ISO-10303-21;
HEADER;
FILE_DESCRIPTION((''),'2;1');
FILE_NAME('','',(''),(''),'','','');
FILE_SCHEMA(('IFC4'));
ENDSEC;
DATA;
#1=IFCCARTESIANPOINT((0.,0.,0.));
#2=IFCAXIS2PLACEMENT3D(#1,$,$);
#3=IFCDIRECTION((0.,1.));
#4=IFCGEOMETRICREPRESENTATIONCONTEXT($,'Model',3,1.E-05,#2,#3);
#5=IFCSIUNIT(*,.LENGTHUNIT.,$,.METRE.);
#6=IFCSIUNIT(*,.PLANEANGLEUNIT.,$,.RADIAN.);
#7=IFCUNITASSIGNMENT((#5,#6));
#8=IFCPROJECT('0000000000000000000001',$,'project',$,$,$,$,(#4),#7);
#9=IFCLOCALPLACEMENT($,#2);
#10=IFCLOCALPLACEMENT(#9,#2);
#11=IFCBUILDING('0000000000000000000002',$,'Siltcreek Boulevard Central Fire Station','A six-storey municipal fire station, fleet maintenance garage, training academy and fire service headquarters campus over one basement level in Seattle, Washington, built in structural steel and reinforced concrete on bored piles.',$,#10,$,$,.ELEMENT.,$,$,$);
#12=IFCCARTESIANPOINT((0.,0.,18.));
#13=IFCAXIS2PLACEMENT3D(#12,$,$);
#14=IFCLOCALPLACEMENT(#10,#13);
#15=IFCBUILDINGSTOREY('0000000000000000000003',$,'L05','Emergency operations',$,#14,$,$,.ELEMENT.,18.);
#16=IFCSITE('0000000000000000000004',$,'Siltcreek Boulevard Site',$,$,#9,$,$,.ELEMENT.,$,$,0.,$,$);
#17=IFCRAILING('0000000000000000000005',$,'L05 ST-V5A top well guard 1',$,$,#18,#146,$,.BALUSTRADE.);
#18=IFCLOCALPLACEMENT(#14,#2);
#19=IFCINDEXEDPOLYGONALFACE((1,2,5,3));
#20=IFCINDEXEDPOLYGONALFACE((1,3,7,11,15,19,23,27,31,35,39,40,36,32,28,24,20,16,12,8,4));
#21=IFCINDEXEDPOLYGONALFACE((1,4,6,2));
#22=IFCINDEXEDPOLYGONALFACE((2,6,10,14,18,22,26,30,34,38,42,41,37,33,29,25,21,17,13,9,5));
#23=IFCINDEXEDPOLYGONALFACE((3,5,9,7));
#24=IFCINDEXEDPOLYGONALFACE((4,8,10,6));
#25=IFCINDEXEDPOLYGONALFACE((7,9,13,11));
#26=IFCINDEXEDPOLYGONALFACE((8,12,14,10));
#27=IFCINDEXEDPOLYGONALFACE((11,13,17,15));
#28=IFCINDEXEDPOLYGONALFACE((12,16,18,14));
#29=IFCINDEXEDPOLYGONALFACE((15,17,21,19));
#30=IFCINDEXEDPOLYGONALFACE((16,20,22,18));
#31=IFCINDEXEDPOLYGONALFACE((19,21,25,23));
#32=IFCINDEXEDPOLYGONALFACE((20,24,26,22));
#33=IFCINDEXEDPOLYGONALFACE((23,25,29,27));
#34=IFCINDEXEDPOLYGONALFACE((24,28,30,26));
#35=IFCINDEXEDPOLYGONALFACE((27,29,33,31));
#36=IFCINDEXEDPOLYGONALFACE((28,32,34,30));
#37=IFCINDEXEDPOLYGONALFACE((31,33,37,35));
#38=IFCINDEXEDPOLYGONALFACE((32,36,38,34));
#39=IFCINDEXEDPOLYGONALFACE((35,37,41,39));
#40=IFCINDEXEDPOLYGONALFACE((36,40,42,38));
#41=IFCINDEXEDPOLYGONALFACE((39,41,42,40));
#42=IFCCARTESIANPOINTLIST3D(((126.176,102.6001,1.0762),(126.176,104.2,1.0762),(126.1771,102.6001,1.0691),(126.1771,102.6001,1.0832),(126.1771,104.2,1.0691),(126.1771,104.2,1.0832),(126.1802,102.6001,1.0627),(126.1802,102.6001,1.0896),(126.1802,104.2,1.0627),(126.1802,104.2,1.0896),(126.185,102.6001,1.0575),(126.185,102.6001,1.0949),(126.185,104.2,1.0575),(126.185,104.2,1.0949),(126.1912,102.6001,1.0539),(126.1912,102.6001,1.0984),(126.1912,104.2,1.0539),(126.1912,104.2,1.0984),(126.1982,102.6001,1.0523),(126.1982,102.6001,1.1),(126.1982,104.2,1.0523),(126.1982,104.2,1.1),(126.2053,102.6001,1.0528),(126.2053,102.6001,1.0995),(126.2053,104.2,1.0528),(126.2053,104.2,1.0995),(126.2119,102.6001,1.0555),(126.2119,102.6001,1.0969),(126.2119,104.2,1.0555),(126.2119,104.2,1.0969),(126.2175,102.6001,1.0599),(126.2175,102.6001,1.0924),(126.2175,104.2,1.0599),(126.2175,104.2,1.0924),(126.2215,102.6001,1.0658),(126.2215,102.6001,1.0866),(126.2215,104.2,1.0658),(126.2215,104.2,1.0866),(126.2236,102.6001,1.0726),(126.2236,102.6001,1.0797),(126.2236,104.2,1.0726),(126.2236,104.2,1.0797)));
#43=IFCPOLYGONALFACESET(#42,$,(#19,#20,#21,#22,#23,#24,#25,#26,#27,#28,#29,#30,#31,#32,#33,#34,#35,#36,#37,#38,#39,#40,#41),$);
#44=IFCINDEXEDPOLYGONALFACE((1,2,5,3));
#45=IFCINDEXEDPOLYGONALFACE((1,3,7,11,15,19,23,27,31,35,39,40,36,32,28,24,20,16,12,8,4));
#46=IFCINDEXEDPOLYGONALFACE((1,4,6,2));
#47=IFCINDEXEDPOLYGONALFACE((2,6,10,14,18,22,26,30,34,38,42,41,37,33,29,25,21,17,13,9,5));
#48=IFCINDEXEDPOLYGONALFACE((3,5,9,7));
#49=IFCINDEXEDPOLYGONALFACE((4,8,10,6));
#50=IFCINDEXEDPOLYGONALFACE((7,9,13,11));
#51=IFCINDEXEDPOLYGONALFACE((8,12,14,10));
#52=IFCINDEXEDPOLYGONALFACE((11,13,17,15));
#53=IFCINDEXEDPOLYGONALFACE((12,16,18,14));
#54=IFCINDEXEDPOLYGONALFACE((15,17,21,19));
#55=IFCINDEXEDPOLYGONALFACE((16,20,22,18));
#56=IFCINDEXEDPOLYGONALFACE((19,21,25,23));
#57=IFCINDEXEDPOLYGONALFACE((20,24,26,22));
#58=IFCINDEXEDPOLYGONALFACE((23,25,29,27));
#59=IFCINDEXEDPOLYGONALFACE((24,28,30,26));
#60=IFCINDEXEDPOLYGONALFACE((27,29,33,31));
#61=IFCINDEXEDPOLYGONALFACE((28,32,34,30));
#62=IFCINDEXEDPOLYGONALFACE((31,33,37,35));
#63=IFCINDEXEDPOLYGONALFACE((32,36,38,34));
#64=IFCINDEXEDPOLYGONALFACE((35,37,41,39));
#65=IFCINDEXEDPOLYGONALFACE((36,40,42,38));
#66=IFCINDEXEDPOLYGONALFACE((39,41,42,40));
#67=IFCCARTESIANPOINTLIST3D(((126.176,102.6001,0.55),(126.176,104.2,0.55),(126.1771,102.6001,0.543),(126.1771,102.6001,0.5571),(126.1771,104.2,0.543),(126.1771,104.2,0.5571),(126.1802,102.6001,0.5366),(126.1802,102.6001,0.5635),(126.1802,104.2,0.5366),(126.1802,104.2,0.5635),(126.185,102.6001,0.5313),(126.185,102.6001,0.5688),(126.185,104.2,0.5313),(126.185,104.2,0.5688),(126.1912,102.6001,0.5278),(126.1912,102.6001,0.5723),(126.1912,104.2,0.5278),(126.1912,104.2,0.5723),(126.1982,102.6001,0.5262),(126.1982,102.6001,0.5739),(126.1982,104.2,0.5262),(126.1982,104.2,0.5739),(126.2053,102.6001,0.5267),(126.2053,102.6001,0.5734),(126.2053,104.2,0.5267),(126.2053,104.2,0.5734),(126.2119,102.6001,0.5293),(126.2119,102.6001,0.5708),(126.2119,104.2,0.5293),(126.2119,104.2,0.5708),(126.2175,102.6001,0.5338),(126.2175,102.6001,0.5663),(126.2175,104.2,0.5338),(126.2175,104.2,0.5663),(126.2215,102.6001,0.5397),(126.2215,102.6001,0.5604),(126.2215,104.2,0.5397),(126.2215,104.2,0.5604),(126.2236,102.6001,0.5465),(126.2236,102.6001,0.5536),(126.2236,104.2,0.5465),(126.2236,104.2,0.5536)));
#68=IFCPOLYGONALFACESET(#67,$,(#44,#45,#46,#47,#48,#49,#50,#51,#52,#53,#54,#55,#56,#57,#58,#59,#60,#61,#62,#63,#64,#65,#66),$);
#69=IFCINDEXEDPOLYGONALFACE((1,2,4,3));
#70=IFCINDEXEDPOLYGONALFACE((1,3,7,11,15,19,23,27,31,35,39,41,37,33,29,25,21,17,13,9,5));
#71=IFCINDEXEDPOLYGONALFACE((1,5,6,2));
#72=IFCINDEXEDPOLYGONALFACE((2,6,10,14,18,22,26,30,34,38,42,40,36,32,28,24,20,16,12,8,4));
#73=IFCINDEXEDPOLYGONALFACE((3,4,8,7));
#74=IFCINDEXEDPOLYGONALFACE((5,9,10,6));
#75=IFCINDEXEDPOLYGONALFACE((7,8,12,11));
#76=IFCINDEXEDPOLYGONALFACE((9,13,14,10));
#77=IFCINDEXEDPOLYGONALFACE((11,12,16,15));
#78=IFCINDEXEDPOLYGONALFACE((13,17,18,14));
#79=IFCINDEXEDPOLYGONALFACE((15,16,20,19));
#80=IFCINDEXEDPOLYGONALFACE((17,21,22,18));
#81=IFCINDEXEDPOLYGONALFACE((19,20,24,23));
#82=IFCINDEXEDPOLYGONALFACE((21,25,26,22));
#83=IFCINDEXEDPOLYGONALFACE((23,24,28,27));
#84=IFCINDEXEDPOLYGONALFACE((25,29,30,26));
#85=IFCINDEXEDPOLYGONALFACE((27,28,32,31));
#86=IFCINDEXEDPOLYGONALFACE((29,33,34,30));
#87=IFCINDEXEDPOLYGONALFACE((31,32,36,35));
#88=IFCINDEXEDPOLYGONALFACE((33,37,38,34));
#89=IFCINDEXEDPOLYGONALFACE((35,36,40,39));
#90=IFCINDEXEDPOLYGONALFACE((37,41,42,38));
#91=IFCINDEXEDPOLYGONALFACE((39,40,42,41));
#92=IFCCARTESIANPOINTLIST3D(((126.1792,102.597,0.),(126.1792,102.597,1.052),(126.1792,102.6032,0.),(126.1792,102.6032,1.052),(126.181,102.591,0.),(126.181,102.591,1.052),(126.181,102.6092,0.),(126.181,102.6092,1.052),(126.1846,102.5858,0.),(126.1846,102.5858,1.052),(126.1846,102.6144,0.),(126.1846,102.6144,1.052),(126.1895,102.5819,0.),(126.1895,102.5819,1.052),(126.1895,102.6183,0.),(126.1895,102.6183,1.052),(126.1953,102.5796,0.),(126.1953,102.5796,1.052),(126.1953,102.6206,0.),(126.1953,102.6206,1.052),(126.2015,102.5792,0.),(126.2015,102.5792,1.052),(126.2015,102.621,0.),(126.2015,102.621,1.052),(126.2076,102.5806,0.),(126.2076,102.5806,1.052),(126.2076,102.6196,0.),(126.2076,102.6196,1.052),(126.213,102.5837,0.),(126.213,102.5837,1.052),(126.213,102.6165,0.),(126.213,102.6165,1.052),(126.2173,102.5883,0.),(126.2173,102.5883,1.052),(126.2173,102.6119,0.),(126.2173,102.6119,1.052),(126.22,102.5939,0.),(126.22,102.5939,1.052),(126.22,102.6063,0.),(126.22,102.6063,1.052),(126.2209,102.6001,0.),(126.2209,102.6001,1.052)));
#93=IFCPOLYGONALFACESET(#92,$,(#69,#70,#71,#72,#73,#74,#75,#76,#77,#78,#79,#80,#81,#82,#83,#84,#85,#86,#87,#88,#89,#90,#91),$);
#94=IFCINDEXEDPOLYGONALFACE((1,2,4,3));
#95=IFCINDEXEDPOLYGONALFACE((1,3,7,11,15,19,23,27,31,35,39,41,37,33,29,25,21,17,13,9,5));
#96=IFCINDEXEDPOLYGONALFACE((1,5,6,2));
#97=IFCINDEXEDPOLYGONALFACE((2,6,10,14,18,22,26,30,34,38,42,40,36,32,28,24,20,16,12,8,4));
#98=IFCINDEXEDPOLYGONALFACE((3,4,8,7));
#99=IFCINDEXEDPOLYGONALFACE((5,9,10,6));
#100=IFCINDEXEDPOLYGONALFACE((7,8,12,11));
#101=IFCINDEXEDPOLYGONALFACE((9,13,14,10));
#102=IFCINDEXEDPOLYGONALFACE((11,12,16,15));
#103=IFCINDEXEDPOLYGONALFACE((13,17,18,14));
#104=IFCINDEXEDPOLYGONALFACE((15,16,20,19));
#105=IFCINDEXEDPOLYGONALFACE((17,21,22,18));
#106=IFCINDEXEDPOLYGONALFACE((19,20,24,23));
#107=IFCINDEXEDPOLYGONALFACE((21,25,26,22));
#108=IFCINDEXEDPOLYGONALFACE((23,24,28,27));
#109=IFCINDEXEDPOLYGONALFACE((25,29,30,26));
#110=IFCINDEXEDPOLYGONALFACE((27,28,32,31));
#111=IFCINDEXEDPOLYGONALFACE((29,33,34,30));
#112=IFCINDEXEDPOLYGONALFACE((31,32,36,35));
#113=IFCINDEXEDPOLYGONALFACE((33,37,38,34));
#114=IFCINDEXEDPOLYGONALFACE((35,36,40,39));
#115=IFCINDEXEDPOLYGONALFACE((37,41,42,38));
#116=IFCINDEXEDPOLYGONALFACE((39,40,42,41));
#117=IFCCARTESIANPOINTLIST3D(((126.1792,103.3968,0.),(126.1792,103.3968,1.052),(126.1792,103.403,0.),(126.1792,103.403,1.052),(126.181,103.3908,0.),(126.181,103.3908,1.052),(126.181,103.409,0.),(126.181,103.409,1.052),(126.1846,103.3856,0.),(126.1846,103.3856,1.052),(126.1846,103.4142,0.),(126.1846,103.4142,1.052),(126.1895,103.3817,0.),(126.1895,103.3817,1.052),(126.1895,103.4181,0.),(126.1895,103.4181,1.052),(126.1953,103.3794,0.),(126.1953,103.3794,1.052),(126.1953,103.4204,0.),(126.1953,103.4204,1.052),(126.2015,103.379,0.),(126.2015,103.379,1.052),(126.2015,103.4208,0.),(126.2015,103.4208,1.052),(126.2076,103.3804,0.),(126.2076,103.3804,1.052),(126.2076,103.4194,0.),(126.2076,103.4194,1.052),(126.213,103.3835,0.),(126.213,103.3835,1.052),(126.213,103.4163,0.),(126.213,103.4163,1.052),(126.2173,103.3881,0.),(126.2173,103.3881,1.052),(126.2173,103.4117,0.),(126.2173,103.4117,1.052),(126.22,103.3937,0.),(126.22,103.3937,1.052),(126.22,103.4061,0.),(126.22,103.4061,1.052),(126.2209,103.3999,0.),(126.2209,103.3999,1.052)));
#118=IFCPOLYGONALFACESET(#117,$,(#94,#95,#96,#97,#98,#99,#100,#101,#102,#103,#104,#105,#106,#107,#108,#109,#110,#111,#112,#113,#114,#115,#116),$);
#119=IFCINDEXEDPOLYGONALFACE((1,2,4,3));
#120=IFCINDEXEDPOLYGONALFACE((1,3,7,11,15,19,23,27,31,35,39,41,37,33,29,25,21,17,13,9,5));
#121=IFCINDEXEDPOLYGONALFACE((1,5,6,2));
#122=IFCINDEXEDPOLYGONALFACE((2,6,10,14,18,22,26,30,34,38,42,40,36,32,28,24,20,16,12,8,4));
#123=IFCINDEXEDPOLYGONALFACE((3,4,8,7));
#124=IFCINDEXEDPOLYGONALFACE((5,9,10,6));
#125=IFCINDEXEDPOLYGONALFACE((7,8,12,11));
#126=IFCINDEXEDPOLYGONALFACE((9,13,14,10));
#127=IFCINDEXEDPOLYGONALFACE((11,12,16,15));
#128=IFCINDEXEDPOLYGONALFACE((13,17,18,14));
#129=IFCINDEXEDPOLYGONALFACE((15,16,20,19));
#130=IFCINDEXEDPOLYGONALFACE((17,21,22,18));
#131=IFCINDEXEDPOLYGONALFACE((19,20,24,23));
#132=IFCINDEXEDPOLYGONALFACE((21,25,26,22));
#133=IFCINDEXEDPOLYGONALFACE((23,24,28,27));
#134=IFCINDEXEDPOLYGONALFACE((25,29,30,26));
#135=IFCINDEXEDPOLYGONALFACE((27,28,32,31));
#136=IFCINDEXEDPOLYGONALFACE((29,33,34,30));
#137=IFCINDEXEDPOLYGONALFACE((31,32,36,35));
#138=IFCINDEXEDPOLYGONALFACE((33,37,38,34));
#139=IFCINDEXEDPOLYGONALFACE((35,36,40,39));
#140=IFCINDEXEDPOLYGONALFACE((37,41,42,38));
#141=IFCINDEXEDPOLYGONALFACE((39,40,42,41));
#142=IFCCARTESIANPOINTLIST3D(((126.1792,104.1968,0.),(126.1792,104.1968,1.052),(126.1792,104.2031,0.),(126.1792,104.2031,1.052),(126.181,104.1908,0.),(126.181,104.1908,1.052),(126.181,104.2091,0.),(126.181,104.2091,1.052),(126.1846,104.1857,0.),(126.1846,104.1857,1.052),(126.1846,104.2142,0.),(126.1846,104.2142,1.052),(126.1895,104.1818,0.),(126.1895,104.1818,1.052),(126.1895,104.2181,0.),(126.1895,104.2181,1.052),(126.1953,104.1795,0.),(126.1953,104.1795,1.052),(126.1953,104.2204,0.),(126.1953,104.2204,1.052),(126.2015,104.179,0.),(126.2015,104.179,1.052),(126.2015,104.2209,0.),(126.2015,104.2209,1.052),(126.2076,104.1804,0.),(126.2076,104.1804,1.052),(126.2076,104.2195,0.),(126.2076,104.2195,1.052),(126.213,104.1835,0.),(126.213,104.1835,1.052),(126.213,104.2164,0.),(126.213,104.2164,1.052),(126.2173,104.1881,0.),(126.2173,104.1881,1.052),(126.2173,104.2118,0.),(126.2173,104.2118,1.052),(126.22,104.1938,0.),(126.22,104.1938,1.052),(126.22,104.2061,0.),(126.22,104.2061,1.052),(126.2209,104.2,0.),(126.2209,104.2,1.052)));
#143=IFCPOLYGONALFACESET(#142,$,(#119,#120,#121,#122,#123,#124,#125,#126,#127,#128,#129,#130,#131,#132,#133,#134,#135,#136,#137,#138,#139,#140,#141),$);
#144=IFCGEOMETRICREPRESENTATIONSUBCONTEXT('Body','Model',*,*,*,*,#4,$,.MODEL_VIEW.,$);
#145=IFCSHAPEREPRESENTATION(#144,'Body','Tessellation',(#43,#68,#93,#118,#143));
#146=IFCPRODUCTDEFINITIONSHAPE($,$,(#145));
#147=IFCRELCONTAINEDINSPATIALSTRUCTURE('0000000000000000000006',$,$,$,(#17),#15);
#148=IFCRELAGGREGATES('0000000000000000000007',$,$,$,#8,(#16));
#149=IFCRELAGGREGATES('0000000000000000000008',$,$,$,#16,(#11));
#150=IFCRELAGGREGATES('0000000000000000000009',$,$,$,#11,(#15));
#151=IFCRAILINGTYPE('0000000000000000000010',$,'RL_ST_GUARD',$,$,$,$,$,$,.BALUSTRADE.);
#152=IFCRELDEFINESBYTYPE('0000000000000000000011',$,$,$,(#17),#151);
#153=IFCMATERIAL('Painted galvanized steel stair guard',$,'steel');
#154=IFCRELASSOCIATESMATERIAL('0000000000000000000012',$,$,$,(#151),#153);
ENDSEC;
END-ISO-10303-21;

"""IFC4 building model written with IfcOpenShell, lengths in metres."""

from ifc_helpers import new_model, si_unit, direction, frame, origin, origin_2d, place, context, subcontext, project, spatial, circle, extrude, material, type_object, element, save


model = new_model("IFC4")

# Units and contexts
model_context = context("Model", 3, precision=1e-05, world=origin(), true_north=direction((0.0, 1.0)))
body_context = subcontext(model_context, "Body", "Model", "MODEL_VIEW")
ifc_project = project(units=[si_unit("LENGTHUNIT", "METRE"), si_unit("PLANEANGLEUNIT", "RADIAN")], contexts=[model_context])

# Site, building, storey
site_placement = place(None, origin())
site = spatial("IfcSite", under=ifc_project, at=site_placement, Name="Siltcreek Boulevard Site", CompositionType="ELEMENT", RefElevation=0.0)
building_placement = place(site_placement, origin())
building = spatial("IfcBuilding", under=site, at=building_placement, Name="Siltcreek Boulevard Central Fire Station", Description="A six-storey municipal fire station, fleet maintenance garage, training academy and fire service headquarters campus over one basement level in Seattle, Washington, built in structural steel and reinforced concrete on bored piles.", CompositionType="ELEMENT")
storey_placement = place(building_placement, frame((0.0, 0.0, 18.0)))
storey = spatial("IfcBuildingStorey", under=building, at=storey_placement, Name="L05", Description="Emergency operations", CompositionType="ELEMENT", Elevation=18.0)

# Railing
ifc_material_1 = material(Name="Painted galvanized steel stair guard", Category="steel")
railing_type = type_object("IfcRailingType", Name="RL_ST_GUARD", PredefinedType="BALUSTRADE", material=ifc_material_1)
railing_placement = place(storey_placement, frame((126.2, 102.6001, 0.0)))
element("IfcRailing", 1, at=railing_placement, inside=storey, type_object=railing_type, Name="L05 ST-V5A top well guard 1", PredefinedType="BALUSTRADE", context=body_context, shape_type="SweptSolid", body=[
    extrude(circle(Radius=0.0239, at=origin_2d()), frame((0.0, 0.0, 1.0762), z_axis=(0.0, 1.0, 0.0), x_axis=(-1.0, 0.0, 0.0)), (0.0, 0.0, 1.0), 1.5999),
    extrude(circle(Radius=0.0239, at=origin_2d()), frame((0.0, 0.0, 0.55), z_axis=(0.0, 1.0, 0.0), x_axis=(-1.0, 0.0, 0.0)), (0.0, 0.0, 1.0), 1.5999),
    extrude(circle(Radius=0.021, at=origin_2d()), origin(), (0.0, 0.0, 1.0), 1.052),
    extrude(circle(Radius=0.021, at=origin_2d()), frame((0.0, 0.7998, 0.0)), (0.0, 0.0, 1.0), 1.052),
    extrude(circle(Radius=0.021, at=origin_2d()), frame((0.0, 1.5999, 0.0)), (0.0, 0.0, 1.0), 1.052),
])

save(model, "model.ifc")
